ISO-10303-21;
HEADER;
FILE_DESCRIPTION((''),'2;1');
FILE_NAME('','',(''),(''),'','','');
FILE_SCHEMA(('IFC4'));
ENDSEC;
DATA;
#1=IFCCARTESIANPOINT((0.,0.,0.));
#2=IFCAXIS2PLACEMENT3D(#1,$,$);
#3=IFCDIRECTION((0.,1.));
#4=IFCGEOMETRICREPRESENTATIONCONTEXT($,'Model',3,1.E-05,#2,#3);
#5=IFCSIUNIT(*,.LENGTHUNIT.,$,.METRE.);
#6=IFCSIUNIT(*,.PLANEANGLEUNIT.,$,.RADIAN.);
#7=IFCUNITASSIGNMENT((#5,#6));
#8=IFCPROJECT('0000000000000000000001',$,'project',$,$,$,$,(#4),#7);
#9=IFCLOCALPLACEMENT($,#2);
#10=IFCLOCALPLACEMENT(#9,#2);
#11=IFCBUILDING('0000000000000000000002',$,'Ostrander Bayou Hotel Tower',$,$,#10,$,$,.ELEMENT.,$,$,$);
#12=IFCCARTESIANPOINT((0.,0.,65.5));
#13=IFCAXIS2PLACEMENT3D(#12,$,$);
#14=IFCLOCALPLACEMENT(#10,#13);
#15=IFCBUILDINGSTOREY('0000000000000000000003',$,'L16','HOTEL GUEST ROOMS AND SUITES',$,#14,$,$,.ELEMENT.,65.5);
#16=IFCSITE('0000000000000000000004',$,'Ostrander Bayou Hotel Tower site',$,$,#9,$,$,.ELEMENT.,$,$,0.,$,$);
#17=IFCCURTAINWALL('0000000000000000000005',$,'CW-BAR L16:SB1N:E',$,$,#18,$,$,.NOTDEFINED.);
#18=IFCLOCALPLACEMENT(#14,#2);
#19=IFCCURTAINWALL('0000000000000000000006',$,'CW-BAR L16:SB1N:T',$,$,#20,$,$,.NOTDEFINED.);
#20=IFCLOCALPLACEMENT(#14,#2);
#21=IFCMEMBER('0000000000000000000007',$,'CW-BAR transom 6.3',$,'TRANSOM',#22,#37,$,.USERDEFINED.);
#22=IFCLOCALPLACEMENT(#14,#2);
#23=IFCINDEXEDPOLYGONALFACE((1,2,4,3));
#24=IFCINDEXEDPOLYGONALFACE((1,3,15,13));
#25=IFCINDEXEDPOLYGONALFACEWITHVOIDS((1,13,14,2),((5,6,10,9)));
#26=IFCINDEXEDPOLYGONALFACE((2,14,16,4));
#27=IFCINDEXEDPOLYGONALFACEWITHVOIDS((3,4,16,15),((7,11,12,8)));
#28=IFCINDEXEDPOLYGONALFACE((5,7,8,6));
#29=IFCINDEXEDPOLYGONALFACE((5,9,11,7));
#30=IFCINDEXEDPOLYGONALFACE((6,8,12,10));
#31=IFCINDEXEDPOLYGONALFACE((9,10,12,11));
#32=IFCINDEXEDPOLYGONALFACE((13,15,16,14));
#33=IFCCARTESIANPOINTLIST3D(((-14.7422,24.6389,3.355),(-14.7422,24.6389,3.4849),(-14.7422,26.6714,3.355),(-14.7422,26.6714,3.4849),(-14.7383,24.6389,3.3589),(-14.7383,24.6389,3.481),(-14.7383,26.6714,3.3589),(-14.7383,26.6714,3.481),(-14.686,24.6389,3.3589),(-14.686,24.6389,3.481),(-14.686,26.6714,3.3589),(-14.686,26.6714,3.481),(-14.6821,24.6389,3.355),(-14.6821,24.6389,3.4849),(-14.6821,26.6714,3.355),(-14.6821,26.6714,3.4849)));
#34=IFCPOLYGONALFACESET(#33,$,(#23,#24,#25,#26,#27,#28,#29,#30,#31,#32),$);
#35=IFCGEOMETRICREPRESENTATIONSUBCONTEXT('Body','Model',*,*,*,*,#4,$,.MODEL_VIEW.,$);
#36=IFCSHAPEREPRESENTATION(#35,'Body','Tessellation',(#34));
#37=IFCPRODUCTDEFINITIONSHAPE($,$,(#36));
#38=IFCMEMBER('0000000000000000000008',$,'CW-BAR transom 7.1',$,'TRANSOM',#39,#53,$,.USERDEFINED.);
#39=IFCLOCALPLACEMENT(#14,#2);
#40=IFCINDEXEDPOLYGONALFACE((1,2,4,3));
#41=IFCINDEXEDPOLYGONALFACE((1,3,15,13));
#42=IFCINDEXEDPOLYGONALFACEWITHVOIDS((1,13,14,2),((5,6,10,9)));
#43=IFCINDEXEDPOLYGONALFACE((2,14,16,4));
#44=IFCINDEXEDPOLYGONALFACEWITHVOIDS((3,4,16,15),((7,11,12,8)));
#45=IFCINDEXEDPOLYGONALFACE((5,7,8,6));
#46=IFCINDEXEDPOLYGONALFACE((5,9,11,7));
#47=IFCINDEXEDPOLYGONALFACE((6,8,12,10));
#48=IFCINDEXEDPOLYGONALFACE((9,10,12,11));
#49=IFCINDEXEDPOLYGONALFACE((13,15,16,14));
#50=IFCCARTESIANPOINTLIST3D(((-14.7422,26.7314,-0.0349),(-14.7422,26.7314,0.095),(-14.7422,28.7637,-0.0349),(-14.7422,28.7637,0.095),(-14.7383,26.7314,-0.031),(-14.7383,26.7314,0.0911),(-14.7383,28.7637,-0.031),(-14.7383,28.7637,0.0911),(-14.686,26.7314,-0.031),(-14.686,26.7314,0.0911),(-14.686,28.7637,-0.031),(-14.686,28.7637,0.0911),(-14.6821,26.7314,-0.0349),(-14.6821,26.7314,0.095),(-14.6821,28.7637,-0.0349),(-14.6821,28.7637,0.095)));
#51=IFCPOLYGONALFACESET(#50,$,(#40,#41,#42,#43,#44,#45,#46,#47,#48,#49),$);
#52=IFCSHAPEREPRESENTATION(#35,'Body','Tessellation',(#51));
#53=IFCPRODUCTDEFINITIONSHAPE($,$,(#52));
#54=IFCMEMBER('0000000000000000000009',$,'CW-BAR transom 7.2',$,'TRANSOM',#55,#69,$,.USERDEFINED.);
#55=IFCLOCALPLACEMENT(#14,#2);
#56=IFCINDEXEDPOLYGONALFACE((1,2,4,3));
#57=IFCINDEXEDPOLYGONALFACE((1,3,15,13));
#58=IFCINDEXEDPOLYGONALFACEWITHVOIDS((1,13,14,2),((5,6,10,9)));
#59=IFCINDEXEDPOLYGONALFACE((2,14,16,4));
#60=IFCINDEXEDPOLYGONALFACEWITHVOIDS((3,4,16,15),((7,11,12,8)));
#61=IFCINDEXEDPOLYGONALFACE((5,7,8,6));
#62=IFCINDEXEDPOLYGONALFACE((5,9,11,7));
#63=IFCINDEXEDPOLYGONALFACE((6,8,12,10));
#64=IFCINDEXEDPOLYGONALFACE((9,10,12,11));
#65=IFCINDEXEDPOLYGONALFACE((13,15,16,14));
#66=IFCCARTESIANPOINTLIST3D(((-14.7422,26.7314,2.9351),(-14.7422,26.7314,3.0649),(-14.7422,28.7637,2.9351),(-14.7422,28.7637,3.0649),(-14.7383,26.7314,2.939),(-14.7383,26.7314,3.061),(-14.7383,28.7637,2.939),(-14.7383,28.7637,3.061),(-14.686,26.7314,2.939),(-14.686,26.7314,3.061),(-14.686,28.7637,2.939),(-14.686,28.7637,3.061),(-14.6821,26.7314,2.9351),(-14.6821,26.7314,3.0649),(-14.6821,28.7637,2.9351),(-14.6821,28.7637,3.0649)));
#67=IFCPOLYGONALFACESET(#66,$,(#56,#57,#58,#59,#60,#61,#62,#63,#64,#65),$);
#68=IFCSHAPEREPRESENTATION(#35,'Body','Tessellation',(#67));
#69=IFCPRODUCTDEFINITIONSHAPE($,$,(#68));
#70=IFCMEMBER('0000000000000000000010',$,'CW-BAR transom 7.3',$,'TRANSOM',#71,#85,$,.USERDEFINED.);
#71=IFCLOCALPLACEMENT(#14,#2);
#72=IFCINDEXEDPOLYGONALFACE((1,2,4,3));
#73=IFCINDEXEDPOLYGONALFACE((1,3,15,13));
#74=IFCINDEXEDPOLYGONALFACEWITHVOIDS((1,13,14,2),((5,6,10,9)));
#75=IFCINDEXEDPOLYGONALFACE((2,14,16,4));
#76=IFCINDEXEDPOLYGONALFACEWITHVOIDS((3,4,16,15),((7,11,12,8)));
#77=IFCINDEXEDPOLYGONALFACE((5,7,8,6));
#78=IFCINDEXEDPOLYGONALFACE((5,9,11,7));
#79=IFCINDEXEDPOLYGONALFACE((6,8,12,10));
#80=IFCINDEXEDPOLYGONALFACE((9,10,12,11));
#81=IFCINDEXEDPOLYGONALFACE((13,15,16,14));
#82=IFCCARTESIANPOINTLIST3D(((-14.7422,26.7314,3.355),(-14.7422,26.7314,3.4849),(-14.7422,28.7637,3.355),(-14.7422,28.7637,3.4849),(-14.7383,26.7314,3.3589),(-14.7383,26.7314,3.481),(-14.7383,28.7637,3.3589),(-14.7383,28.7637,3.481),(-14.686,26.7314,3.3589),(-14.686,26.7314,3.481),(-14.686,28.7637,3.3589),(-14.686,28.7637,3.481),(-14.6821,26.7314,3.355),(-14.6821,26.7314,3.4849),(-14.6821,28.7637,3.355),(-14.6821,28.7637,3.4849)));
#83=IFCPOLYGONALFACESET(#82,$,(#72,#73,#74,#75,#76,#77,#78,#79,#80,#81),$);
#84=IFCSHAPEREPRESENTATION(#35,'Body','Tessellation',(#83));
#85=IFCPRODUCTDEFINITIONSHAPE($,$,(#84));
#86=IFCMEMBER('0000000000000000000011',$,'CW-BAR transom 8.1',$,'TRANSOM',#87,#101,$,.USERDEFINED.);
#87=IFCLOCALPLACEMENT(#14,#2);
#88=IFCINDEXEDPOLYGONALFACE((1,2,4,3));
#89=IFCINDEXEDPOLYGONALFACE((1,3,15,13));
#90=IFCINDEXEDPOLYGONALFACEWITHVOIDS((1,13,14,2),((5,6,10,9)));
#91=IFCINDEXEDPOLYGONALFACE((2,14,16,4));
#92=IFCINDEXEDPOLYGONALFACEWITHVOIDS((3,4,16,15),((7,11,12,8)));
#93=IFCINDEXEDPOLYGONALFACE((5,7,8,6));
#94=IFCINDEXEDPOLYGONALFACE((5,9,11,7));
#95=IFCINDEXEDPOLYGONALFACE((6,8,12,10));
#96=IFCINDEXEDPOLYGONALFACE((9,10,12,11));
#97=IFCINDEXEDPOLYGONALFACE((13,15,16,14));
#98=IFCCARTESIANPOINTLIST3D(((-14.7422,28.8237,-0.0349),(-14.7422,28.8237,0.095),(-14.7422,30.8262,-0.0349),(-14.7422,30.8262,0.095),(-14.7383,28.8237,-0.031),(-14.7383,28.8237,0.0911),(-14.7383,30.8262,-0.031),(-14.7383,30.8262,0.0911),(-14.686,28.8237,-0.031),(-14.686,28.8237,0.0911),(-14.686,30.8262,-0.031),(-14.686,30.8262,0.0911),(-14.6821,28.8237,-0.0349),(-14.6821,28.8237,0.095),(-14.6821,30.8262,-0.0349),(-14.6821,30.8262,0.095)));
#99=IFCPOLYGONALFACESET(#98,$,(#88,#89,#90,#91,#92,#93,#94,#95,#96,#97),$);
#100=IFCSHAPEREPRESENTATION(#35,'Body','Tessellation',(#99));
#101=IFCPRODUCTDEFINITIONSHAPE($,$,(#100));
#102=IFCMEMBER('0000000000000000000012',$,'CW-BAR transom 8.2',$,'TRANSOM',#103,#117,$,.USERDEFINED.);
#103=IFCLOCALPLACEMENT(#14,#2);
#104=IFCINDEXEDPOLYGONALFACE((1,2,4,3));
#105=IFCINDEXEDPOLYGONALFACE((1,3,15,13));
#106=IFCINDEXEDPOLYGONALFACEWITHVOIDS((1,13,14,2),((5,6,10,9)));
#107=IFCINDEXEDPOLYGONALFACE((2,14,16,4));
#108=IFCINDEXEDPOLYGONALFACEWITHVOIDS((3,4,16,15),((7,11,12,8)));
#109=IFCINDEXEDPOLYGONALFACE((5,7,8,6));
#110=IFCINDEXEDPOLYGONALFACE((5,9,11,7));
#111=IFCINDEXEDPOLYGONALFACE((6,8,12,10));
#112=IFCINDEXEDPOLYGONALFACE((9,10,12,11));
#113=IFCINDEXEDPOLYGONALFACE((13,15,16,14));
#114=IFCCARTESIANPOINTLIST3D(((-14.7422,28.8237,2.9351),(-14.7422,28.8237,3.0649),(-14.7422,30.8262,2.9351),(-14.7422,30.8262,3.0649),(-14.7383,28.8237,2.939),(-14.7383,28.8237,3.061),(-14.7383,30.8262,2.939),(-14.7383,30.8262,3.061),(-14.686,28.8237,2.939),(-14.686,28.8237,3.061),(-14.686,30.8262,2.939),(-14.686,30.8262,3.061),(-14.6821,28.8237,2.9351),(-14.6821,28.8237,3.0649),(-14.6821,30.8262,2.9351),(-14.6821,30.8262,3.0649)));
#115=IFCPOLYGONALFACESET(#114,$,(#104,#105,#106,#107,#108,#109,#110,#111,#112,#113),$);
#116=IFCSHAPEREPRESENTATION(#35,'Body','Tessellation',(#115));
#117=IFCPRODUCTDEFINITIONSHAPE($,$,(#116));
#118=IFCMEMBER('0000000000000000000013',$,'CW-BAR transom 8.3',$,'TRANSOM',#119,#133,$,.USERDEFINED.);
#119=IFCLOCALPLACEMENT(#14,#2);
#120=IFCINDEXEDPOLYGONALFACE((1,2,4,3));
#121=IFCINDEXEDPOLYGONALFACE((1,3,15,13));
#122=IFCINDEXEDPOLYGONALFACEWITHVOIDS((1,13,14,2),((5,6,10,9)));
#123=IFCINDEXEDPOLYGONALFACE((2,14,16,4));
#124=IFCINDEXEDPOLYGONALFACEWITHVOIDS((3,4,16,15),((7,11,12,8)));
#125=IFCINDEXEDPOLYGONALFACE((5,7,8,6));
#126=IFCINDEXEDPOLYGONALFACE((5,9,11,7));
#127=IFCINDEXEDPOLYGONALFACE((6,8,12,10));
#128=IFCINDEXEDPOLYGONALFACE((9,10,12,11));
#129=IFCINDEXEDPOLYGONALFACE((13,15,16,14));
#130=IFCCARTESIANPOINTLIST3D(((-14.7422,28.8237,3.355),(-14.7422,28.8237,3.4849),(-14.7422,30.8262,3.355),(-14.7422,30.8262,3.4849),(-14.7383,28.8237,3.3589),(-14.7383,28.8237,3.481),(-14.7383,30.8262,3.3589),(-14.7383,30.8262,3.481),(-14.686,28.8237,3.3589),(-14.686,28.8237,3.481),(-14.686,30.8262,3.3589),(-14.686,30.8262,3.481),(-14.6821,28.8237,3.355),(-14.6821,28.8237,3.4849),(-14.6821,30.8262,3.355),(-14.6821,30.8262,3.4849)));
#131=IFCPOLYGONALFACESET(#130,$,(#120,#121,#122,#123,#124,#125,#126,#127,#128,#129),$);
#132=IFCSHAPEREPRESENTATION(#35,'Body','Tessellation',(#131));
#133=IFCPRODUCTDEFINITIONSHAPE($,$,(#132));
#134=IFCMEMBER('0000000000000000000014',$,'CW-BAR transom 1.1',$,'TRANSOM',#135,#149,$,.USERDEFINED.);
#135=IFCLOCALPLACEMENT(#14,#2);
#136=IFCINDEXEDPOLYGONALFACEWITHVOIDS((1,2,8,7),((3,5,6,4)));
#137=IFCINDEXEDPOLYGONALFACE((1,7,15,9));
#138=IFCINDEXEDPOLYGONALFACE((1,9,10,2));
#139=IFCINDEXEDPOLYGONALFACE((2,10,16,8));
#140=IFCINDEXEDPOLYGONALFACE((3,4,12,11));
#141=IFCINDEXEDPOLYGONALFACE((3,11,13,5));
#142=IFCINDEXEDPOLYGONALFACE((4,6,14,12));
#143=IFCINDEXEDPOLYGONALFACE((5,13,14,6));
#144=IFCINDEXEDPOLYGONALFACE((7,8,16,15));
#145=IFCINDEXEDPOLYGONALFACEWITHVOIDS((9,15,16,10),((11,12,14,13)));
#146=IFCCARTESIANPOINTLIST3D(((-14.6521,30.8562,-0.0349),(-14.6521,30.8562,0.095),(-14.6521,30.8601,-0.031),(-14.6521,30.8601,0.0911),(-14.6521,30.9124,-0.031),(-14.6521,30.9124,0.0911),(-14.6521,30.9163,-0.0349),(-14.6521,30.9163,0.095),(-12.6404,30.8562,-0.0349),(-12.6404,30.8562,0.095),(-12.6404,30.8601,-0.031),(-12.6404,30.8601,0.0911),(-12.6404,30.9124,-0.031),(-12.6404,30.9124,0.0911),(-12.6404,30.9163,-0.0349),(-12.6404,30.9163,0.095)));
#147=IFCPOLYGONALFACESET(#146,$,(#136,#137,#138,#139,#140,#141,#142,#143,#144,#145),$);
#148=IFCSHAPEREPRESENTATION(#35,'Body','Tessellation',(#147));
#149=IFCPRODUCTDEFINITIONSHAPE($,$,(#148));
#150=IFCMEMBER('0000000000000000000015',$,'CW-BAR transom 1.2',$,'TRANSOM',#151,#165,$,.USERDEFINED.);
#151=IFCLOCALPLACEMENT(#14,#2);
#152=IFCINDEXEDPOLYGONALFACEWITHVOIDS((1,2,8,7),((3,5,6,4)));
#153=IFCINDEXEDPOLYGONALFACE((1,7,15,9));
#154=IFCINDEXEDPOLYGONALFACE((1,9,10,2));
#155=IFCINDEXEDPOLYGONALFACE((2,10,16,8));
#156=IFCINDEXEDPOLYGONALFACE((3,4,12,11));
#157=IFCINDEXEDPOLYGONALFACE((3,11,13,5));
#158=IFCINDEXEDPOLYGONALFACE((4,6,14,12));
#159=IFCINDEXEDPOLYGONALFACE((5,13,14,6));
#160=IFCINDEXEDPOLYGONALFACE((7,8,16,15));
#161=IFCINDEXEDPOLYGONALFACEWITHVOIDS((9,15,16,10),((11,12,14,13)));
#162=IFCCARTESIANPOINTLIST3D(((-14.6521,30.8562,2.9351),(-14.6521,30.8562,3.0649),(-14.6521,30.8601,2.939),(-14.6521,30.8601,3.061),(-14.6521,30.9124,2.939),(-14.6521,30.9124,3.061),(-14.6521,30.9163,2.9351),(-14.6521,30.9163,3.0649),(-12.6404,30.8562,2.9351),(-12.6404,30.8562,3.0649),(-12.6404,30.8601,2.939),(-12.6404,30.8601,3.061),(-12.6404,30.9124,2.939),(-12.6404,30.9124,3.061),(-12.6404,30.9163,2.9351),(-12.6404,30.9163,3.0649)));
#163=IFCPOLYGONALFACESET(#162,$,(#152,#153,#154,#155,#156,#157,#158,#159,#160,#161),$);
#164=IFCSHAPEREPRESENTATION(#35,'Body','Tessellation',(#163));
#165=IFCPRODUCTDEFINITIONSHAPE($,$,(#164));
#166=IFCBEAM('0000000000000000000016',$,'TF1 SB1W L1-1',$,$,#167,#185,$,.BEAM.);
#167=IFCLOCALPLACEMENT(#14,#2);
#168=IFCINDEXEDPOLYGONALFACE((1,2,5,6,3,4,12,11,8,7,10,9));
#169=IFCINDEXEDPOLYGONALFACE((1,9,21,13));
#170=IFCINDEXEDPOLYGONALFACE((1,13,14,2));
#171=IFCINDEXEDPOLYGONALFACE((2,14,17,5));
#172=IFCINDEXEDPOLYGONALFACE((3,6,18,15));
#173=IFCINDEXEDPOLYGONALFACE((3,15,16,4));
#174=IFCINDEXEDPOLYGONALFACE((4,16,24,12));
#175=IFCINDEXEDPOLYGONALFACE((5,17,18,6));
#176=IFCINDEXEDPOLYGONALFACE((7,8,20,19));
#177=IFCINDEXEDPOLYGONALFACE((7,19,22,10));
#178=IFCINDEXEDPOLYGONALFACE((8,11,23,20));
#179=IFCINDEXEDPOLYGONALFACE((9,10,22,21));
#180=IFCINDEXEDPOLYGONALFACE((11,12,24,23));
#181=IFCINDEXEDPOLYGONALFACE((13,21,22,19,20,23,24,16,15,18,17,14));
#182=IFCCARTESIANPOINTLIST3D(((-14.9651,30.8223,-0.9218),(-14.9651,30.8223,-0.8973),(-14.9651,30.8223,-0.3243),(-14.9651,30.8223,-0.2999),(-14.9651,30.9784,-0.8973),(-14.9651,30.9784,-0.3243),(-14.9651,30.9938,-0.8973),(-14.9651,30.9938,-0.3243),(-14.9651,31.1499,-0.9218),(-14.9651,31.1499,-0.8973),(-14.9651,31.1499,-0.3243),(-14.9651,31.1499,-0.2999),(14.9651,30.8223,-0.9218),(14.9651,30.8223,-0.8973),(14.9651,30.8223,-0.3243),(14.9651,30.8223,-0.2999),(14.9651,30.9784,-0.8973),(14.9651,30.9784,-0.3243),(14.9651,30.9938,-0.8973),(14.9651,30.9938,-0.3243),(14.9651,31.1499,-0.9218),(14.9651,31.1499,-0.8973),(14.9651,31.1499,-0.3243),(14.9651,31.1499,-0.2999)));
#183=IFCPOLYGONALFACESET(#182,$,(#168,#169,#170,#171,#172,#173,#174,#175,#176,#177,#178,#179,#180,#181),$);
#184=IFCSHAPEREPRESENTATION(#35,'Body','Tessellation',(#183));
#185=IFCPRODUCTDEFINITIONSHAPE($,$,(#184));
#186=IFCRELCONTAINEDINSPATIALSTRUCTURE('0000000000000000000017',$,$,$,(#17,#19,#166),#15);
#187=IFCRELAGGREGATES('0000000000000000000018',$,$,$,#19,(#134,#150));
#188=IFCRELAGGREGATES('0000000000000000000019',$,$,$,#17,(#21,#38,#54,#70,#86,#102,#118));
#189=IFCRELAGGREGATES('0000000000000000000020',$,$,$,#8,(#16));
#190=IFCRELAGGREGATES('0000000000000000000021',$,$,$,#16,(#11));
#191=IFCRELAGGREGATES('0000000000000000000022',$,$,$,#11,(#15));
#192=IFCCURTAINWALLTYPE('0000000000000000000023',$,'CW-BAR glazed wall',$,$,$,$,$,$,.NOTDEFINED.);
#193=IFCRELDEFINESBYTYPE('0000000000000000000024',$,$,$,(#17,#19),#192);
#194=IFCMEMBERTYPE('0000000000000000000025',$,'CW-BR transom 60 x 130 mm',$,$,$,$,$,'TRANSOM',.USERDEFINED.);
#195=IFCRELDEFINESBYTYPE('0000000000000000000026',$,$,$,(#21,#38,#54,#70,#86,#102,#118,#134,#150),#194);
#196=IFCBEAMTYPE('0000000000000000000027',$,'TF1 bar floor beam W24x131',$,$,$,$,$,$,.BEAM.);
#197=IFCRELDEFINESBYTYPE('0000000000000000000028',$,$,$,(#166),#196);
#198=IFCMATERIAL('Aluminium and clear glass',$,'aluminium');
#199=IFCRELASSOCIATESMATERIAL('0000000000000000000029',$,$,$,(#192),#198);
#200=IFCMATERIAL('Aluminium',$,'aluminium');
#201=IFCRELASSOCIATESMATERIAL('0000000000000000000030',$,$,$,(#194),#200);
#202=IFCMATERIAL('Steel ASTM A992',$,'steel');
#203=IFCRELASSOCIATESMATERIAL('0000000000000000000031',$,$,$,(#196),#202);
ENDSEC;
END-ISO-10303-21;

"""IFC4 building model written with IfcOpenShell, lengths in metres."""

from ifc_helpers import new_model, si_unit, direction, frame, origin, origin_2d, place, context, subcontext, project, spatial, hollow_rectangle, i_section, extrude, material, material_profile, profile_set, type_object, element, aggregate, save


model = new_model("IFC4")

# Units and contexts
model_context = context("Model", 3, precision=1e-05, world=origin(), true_north=direction((0.0, 1.0)))
body_context = subcontext(model_context, "Body", "Model", "MODEL_VIEW")
ifc_project = project(units=[si_unit("LENGTHUNIT", "METRE"), si_unit("PLANEANGLEUNIT", "RADIAN")], contexts=[model_context])

# Site, building, storey
site_placement = place(None, origin())
site = spatial("IfcSite", under=ifc_project, at=site_placement, Name="Ostrander Bayou Hotel Tower site", CompositionType="ELEMENT", RefElevation=0.0)
building_placement = place(site_placement, origin())
building = spatial("IfcBuilding", under=site, at=building_placement, Name="Ostrander Bayou Hotel Tower", CompositionType="ELEMENT")
storey_placement = place(building_placement, frame((0.0, 0.0, 65.5)))
storey = spatial("IfcBuildingStorey", under=building, at=storey_placement, Name="L16", Description="HOTEL GUEST ROOMS AND SUITES", CompositionType="ELEMENT", Elevation=65.5)

# Curtain wall
ifc_material_1 = material(Name="Aluminium and clear glass", Category="aluminium")
curtain_wall_type = type_object("IfcCurtainWallType", Name="CW-BAR glazed wall", PredefinedType="NOTDEFINED", material=ifc_material_1)
curtain_wall_1_placement = place(storey_placement, origin())
curtain_wall_1 = element("IfcCurtainWall", 1, at=curtain_wall_1_placement, inside=storey, type_object=curtain_wall_type, Name="CW-BAR L16:SB1N:E", PredefinedType="NOTDEFINED")

# Curtain wall
curtain_wall_2_placement = place(storey_placement, origin())
curtain_wall_2 = element("IfcCurtainWall", 2, at=curtain_wall_2_placement, inside=storey, type_object=curtain_wall_type, Name="CW-BAR L16:SB1N:T", PredefinedType="NOTDEFINED")

# Members
ifc_material_2 = material(Name="Aluminium", Category="aluminium")
ifc_material_profile_1 = material_profile(ifc_material_2, hollow_rectangle(XDim=0.0601, YDim=0.1299, WallThickness=0.0039, at=origin_2d()))
ifc_profile_set_1 = profile_set([ifc_material_profile_1], Name="Aluminium")
member_type_1 = type_object("IfcMemberType", Name="CW-BR transom 60 x 130 mm", ElementType="TRANSOM", PredefinedType="USERDEFINED", material=ifc_profile_set_1)
member_1_placement = place(storey_placement, frame((-14.7122, 24.6389, 3.4199), z_axis=(0.0, 1.0, 0.0), x_axis=(-1.0, 0.0, 0.0)))
member_1 = element("IfcMember", 3, at=member_1_placement, type_object=member_type_1, Name="CW-BAR transom 6.3", ObjectType="TRANSOM", PredefinedType="USERDEFINED", context=body_context, shape_type="SweptSolid", body=[
    extrude(hollow_rectangle(XDim=0.0601, YDim=0.1299, WallThickness=0.0039, at=origin_2d()), origin(), (0.0, 0.0, 1.0), 2.0325),
])
member_2_placement = place(storey_placement, frame((-14.7122, 26.7314, 0.03), z_axis=(0.0, 1.0, 0.0), x_axis=(-1.0, 0.0, 0.0)))
member_2 = element("IfcMember", 4, at=member_2_placement, type_object=member_type_1, Name="CW-BAR transom 7.1", ObjectType="TRANSOM", PredefinedType="USERDEFINED", context=body_context, shape_type="SweptSolid", body=[
    extrude(hollow_rectangle(XDim=0.0601, YDim=0.1299, WallThickness=0.0039, at=origin_2d()), origin(), (0.0, 0.0, 1.0), 2.0322),
])
member_3_placement = place(storey_placement, frame((-14.7122, 26.7314, 3.0), z_axis=(0.0, 1.0, 0.0), x_axis=(-1.0, 0.0, 0.0)))
member_3 = element("IfcMember", 5, at=member_3_placement, type_object=member_type_1, Name="CW-BAR transom 7.2", ObjectType="TRANSOM", PredefinedType="USERDEFINED", context=body_context, shape_type="SweptSolid", body=[
    extrude(hollow_rectangle(XDim=0.0601, YDim=0.1299, WallThickness=0.0039, at=origin_2d()), origin(), (0.0, 0.0, 1.0), 2.0322),
])
member_4_placement = place(storey_placement, frame((-14.7122, 26.7314, 3.4199), z_axis=(0.0, 1.0, 0.0), x_axis=(-1.0, 0.0, 0.0)))
member_4 = element("IfcMember", 6, at=member_4_placement, type_object=member_type_1, Name="CW-BAR transom 7.3", ObjectType="TRANSOM", PredefinedType="USERDEFINED", context=body_context, shape_type="SweptSolid", body=[
    extrude(hollow_rectangle(XDim=0.0601, YDim=0.1299, WallThickness=0.0039, at=origin_2d()), origin(), (0.0, 0.0, 1.0), 2.0322),
])
member_5_placement = place(storey_placement, frame((-14.7122, 28.8237, 0.03), z_axis=(0.0, 1.0, 0.0), x_axis=(-1.0, 0.0, 0.0)))
member_5 = element("IfcMember", 7, at=member_5_placement, type_object=member_type_1, Name="CW-BAR transom 8.1", ObjectType="TRANSOM", PredefinedType="USERDEFINED", context=body_context, shape_type="SweptSolid", body=[
    extrude(hollow_rectangle(XDim=0.0601, YDim=0.1299, WallThickness=0.0039, at=origin_2d()), origin(), (0.0, 0.0, 1.0), 2.0024),
])
member_6_placement = place(storey_placement, frame((-14.7122, 28.8237, 3.0), z_axis=(0.0, 1.0, 0.0), x_axis=(-1.0, 0.0, 0.0)))
member_6 = element("IfcMember", 8, at=member_6_placement, type_object=member_type_1, Name="CW-BAR transom 8.2", ObjectType="TRANSOM", PredefinedType="USERDEFINED", context=body_context, shape_type="SweptSolid", body=[
    extrude(hollow_rectangle(XDim=0.0601, YDim=0.1299, WallThickness=0.0039, at=origin_2d()), origin(), (0.0, 0.0, 1.0), 2.0024),
])
member_7_placement = place(storey_placement, frame((-14.7122, 28.8237, 3.4199), z_axis=(0.0, 1.0, 0.0), x_axis=(-1.0, 0.0, 0.0)))
member_7 = element("IfcMember", 9, at=member_7_placement, type_object=member_type_1, Name="CW-BAR transom 8.3", ObjectType="TRANSOM", PredefinedType="USERDEFINED", context=body_context, shape_type="SweptSolid", body=[
    extrude(hollow_rectangle(XDim=0.0601, YDim=0.1299, WallThickness=0.0039, at=origin_2d()), origin(), (0.0, 0.0, 1.0), 2.0024),
])
member_8_placement = place(storey_placement, frame((-14.6521, 30.8862, 0.03), z_axis=(1.0, 0.0, 0.0), x_axis=(0.0, 1.0, 0.0)))
member_8 = element("IfcMember", 10, at=member_8_placement, type_object=member_type_1, Name="CW-BAR transom 1.1", ObjectType="TRANSOM", PredefinedType="USERDEFINED", context=body_context, shape_type="SweptSolid", body=[
    extrude(hollow_rectangle(XDim=0.0601, YDim=0.1299, WallThickness=0.0039, at=origin_2d()), origin(), (0.0, 0.0, 1.0), 2.0117),
])
member_9_placement = place(storey_placement, frame((-14.6521, 30.8862, 3.0), z_axis=(1.0, 0.0, 0.0), x_axis=(0.0, 1.0, 0.0)))
member_9 = element("IfcMember", 11, at=member_9_placement, type_object=member_type_1, Name="CW-BAR transom 1.2", ObjectType="TRANSOM", PredefinedType="USERDEFINED", context=body_context, shape_type="SweptSolid", body=[
    extrude(hollow_rectangle(XDim=0.0601, YDim=0.1299, WallThickness=0.0039, at=origin_2d()), origin(), (0.0, 0.0, 1.0), 2.0117),
])
aggregate(curtain_wall_2, [member_8, member_9])

# Beam
ifc_material_3 = material(Name="Steel ASTM A992", Category="steel")
ifc_material_profile_2 = material_profile(ifc_material_3, i_section(OverallWidth=0.3276, OverallDepth=0.6218, WebThickness=0.0154, FlangeThickness=0.0244, at=origin_2d()))
ifc_profile_set_2 = profile_set([ifc_material_profile_2], Name="Steel ASTM A992")
beam_type = type_object("IfcBeamType", Name="TF1 bar floor beam W24x131", PredefinedType="BEAM", material=ifc_profile_set_2)
for number, where, z_axis, x_axis, name in (
    (12, (-14.9651, 30.9861, -0.6108), (1.0, 0.0, 0.0), (0.0, 1.0, 0.0), "TF1 SB1W L1-1"),
):
    element("IfcBeam", number, at=place(storey_placement, frame(where, z_axis=z_axis, x_axis=x_axis)), inside=storey, type_object=beam_type, Name=name, PredefinedType="BEAM", context=body_context, shape_type="SweptSolid", body=[
        extrude(i_section(OverallWidth=0.3276, OverallDepth=0.6218, WebThickness=0.0154, FlangeThickness=0.0244, at=origin_2d()), origin(), (0.0, 0.0, 1.0), 29.9302),
    ])

aggregate(curtain_wall_1, [member_1, member_2, member_3, member_4, member_5, member_6, member_7])

save(model, "model.ifc")
